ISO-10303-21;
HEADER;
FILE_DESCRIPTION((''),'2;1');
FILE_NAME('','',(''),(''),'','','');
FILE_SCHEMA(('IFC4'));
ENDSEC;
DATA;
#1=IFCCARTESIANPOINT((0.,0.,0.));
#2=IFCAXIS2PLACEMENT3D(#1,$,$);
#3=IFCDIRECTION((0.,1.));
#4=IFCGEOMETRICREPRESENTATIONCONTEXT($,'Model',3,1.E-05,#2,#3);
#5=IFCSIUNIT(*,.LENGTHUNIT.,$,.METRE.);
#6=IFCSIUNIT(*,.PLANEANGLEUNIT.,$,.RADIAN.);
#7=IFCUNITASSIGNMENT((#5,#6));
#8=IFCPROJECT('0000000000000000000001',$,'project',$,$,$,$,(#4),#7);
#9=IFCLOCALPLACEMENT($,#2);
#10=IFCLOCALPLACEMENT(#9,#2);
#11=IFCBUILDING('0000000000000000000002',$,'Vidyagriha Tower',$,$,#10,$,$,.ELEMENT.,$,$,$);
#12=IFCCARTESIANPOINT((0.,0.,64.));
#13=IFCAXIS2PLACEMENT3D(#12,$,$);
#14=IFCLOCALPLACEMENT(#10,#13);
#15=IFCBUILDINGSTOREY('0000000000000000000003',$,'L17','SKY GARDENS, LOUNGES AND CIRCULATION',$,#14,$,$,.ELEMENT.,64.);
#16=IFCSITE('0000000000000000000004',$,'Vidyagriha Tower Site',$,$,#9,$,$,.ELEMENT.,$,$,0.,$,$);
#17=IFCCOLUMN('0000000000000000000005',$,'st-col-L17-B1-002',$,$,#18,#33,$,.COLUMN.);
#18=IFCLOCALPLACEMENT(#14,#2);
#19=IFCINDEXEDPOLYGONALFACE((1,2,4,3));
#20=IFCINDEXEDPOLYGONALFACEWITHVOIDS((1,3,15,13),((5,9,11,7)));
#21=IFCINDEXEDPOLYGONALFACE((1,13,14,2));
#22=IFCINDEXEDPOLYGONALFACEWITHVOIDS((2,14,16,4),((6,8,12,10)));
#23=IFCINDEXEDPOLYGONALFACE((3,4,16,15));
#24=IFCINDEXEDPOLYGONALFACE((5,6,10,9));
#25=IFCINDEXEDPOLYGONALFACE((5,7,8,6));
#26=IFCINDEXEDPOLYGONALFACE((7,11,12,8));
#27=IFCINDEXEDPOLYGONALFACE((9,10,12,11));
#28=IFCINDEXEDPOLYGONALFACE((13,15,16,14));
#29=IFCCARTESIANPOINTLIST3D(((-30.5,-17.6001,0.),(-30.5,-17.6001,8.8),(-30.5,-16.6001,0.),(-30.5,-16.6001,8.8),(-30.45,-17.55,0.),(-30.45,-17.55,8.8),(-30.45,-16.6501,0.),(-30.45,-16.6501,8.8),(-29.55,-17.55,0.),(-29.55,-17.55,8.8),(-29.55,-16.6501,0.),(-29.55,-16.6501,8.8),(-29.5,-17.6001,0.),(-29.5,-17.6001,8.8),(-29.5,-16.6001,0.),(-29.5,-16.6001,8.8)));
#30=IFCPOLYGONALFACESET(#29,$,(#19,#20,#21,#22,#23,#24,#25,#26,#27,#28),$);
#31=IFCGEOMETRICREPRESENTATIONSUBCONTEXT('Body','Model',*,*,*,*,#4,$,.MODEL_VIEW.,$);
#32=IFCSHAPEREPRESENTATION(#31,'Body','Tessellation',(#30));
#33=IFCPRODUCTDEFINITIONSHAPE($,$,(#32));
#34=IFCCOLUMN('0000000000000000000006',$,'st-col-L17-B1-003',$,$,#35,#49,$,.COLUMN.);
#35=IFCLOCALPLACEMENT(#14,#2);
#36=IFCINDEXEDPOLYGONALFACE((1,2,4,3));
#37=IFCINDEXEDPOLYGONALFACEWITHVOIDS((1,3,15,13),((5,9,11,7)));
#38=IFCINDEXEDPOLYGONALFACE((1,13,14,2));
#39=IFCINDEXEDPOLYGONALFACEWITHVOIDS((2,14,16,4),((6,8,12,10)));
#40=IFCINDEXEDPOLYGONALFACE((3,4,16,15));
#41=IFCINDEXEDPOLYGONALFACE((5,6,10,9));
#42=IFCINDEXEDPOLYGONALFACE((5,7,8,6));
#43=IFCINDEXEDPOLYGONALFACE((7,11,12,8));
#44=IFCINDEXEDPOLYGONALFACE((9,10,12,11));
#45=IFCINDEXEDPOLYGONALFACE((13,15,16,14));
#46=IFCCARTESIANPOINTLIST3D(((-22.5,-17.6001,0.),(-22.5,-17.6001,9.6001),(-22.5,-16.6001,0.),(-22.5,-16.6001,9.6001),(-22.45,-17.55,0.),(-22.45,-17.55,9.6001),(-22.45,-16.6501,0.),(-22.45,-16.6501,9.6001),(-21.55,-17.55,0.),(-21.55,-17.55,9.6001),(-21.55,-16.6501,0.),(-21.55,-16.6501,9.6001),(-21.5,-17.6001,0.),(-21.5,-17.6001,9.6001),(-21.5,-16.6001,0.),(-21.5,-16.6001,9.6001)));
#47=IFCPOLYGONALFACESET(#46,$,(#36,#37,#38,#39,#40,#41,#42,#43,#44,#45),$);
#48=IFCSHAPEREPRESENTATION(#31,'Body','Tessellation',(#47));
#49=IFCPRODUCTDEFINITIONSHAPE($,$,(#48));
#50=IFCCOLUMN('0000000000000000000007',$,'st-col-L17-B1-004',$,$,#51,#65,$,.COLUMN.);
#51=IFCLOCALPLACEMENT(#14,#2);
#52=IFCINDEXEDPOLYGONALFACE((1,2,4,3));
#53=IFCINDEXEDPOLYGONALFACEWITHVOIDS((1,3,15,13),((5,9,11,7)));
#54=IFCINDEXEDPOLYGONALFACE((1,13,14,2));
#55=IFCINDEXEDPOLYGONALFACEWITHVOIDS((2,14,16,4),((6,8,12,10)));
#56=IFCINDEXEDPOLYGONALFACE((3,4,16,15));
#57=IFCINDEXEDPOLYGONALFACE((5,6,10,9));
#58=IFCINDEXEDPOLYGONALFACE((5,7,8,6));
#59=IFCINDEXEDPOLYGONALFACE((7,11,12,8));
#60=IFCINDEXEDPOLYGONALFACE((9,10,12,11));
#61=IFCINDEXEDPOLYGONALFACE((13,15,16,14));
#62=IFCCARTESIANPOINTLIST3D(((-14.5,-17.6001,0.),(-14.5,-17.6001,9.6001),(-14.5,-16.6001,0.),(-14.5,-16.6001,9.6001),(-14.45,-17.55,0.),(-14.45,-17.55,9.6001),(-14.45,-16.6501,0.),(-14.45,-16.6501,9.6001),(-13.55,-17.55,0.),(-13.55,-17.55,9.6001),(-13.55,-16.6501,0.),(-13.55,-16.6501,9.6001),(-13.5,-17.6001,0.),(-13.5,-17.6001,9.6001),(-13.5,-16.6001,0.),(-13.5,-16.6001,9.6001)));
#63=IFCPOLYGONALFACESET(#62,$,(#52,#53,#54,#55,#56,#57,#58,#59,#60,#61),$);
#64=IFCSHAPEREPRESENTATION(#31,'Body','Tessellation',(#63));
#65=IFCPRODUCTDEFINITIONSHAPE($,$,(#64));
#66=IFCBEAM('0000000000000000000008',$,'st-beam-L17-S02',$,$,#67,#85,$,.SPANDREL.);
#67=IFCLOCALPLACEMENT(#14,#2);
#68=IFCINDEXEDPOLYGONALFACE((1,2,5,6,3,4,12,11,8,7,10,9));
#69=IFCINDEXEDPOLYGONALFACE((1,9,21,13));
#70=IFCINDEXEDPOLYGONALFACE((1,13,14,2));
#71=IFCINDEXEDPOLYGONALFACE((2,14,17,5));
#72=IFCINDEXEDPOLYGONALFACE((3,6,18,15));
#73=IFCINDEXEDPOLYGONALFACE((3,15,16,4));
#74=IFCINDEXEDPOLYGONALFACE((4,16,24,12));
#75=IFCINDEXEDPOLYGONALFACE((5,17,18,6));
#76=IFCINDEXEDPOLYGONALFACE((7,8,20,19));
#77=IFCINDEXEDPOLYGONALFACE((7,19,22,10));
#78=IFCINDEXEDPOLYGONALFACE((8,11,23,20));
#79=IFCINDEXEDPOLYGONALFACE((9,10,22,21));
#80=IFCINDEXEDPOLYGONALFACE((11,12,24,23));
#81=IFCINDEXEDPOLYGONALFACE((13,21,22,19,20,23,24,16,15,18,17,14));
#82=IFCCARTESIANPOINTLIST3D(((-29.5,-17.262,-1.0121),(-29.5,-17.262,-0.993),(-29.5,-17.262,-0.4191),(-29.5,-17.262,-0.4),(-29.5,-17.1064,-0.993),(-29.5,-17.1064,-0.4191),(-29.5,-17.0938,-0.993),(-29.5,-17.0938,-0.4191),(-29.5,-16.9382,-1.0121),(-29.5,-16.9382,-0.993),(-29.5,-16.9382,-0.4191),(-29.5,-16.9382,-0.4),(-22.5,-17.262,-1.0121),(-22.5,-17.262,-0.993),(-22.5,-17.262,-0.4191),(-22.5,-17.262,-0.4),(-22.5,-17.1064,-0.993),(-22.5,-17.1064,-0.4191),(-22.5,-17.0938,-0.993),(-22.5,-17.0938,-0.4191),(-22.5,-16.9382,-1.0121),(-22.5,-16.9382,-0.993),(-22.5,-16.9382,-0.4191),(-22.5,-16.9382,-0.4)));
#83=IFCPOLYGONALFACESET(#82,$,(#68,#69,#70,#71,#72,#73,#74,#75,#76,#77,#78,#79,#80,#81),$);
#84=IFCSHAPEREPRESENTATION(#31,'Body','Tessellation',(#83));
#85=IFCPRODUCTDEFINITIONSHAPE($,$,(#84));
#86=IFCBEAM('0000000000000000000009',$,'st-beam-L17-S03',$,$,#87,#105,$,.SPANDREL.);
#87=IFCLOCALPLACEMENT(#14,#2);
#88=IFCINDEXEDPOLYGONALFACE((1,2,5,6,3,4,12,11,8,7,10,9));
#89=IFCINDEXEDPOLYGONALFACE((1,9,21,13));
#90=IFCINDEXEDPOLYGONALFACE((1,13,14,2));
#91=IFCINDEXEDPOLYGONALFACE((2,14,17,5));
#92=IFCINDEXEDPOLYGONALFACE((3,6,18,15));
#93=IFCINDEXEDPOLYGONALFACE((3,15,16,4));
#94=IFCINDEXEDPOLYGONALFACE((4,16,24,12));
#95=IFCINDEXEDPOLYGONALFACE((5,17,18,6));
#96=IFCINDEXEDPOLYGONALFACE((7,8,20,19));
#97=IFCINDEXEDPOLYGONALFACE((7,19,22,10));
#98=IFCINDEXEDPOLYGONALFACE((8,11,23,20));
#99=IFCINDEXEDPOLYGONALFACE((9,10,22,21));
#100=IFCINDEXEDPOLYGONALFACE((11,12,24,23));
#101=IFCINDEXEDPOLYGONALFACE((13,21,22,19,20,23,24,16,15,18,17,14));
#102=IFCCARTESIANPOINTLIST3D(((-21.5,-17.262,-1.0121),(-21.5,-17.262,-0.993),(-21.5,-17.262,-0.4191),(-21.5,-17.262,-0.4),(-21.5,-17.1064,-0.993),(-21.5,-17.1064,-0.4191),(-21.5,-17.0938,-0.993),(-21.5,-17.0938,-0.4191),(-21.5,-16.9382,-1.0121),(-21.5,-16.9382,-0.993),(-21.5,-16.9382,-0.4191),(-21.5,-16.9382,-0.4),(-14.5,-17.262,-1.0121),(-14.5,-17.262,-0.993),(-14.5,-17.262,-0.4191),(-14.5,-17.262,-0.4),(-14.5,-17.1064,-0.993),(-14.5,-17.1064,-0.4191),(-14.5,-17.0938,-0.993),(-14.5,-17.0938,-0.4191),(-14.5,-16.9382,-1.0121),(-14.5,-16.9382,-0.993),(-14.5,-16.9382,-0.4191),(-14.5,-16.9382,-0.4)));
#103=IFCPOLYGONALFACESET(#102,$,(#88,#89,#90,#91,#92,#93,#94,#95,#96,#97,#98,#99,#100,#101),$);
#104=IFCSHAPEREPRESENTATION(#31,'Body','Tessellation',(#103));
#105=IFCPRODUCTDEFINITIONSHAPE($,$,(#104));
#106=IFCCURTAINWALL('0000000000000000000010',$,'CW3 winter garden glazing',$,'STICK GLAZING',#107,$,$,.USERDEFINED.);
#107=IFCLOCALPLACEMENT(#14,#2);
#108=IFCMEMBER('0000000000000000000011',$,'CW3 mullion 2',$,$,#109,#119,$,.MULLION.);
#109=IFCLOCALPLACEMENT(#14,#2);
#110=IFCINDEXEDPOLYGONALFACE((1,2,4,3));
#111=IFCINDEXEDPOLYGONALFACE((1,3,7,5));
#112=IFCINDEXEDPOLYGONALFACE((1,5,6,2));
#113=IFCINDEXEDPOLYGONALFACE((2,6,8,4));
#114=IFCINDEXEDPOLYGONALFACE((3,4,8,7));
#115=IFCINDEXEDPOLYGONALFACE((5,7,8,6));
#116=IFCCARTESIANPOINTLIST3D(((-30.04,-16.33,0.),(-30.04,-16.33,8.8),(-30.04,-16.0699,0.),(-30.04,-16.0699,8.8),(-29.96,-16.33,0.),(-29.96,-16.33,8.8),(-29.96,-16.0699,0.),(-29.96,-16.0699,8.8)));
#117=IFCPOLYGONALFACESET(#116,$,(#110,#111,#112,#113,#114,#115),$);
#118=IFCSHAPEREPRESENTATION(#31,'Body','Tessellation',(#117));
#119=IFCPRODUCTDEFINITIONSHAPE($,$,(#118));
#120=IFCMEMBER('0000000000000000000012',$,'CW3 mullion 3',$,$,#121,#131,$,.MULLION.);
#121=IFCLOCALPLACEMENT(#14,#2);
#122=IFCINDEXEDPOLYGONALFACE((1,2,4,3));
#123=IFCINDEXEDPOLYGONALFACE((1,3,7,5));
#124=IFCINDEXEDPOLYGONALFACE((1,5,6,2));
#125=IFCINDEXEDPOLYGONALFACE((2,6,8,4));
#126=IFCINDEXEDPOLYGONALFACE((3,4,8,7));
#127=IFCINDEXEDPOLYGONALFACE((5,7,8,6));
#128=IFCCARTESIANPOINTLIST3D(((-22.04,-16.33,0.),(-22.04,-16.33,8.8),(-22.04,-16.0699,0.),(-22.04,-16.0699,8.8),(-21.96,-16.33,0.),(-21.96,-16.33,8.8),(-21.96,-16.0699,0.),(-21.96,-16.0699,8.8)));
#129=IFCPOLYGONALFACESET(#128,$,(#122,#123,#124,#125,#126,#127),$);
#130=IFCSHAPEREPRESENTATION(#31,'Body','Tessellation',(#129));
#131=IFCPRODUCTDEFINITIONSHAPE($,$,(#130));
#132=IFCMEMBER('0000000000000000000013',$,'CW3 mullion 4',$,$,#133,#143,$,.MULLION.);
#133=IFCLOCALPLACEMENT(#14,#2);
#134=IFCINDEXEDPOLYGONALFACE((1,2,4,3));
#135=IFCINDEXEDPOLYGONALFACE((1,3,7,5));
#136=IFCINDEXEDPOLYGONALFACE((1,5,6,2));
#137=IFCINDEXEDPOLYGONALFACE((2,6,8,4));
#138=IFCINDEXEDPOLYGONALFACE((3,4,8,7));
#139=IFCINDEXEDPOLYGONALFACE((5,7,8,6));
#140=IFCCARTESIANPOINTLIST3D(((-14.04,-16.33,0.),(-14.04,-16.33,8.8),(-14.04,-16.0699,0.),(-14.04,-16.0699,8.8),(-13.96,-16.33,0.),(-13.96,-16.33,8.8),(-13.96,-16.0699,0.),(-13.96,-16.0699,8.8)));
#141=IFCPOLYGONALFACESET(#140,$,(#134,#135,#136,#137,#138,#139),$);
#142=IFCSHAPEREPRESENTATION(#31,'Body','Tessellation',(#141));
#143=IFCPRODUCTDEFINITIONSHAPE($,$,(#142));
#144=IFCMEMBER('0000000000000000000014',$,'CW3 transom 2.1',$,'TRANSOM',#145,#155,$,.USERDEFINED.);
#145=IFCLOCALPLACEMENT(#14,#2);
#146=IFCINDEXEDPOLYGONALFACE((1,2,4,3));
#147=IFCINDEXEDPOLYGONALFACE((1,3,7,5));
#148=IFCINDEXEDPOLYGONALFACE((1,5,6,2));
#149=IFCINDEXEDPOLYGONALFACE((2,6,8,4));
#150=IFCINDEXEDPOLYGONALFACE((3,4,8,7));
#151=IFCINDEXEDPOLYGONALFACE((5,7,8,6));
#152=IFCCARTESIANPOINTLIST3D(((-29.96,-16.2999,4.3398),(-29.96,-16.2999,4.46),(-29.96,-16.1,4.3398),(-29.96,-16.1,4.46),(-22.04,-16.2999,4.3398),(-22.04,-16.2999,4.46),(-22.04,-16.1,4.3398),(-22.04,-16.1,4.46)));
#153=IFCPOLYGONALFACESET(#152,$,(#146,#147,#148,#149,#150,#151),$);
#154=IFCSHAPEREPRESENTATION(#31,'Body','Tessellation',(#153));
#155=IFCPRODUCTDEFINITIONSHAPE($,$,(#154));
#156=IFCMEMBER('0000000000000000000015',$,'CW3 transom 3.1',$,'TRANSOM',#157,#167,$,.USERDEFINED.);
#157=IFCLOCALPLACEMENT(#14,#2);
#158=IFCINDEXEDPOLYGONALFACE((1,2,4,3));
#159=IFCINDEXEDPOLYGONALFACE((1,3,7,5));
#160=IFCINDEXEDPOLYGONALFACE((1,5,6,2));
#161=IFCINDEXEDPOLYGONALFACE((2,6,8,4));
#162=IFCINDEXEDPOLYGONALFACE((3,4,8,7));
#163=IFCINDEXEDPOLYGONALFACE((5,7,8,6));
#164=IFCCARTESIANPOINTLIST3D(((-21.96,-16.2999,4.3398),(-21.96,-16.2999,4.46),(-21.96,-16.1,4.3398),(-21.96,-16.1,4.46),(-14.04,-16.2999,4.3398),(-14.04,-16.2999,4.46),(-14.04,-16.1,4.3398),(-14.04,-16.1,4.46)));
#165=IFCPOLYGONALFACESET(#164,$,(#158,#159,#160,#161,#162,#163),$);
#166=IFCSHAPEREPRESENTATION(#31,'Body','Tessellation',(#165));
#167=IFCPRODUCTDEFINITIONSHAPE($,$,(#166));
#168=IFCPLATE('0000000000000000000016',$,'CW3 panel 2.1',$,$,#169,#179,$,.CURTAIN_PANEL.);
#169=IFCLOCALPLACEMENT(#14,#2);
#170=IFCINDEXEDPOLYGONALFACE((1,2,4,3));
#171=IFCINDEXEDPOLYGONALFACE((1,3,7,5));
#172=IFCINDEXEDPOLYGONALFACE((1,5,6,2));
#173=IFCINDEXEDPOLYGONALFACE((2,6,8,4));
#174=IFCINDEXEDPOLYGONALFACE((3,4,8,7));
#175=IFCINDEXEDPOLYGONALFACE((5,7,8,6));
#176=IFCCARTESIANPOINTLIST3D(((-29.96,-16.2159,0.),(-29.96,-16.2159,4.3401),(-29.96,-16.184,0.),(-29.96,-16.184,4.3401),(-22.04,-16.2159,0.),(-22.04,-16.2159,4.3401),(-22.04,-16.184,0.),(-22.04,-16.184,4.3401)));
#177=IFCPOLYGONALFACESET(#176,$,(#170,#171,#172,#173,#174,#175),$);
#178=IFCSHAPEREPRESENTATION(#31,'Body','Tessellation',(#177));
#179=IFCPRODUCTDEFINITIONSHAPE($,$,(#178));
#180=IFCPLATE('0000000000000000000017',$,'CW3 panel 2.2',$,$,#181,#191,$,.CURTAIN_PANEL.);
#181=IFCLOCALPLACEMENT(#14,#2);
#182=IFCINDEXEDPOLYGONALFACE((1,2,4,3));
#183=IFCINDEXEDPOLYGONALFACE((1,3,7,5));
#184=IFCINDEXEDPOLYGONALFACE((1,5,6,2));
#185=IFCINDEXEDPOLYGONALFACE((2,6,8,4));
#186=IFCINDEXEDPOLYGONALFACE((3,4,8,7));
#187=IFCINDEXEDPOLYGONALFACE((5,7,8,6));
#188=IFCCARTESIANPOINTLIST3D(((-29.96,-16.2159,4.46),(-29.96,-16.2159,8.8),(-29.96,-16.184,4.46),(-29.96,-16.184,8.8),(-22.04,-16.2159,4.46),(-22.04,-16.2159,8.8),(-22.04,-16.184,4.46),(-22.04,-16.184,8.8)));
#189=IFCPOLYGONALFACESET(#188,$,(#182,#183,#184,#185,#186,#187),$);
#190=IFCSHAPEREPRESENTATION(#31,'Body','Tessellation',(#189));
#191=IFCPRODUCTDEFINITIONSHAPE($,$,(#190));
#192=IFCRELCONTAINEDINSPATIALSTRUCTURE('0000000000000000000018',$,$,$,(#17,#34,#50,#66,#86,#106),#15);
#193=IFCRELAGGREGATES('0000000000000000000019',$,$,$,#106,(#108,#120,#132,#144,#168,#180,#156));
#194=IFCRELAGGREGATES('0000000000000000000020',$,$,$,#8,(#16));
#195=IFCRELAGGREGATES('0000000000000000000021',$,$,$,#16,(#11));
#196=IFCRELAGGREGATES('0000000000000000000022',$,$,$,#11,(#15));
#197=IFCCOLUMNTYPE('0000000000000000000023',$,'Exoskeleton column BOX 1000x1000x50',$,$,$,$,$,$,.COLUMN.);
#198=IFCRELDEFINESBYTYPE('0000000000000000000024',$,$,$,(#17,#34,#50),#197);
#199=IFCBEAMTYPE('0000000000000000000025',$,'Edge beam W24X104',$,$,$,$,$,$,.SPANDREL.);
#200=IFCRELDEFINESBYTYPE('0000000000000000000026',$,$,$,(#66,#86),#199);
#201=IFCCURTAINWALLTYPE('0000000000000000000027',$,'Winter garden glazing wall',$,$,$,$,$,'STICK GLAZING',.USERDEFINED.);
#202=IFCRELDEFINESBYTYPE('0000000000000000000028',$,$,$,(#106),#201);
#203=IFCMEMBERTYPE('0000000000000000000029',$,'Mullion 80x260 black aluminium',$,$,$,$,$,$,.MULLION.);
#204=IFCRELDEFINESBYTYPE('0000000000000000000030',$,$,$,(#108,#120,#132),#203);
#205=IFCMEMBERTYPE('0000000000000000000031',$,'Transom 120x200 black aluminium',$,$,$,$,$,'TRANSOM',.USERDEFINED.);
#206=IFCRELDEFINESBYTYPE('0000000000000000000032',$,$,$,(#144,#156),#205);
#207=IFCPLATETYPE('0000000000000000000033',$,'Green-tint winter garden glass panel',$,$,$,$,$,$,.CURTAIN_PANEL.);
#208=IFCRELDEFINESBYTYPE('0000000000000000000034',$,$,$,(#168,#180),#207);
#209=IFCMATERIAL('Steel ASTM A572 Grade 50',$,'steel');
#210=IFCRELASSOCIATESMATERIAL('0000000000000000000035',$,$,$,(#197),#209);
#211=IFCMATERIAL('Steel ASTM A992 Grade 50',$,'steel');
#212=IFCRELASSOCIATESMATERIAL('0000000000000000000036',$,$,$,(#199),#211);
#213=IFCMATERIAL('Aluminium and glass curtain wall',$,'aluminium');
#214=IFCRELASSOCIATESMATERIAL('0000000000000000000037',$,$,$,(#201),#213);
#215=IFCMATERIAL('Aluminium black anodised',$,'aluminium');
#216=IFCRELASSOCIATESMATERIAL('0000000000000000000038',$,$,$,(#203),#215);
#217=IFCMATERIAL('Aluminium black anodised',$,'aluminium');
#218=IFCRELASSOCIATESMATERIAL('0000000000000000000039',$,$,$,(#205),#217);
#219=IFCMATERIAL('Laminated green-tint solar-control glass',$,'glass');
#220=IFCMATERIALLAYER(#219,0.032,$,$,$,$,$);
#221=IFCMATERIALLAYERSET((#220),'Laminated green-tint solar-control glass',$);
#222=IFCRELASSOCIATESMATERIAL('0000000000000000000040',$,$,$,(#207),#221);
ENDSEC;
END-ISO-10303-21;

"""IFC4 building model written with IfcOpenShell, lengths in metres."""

from ifc_helpers import new_model, si_unit, direction, frame, origin, origin_2d, place, context, subcontext, project, spatial, rectangle, hollow_rectangle, i_section, extrude, material, layer, layer_set, material_profile, profile_set, type_object, element, aggregate, save


model = new_model("IFC4")

# Units and contexts
model_context = context("Model", 3, precision=1e-05, world=origin(), true_north=direction((0.0, 1.0)))
body_context = subcontext(model_context, "Body", "Model", "MODEL_VIEW")
ifc_project = project(units=[si_unit("LENGTHUNIT", "METRE"), si_unit("PLANEANGLEUNIT", "RADIAN")], contexts=[model_context])

# Site, building, storey
site_placement = place(None, origin())
site = spatial("IfcSite", under=ifc_project, at=site_placement, Name="Vidyagriha Tower Site", CompositionType="ELEMENT", RefElevation=0.0)
building_placement = place(site_placement, origin())
building = spatial("IfcBuilding", under=site, at=building_placement, Name="Vidyagriha Tower", CompositionType="ELEMENT")
storey_placement = place(building_placement, frame((0.0, 0.0, 64.0)))
storey = spatial("IfcBuildingStorey", under=building, at=storey_placement, Name="L17", Description="SKY GARDENS, LOUNGES AND CIRCULATION", CompositionType="ELEMENT", Elevation=64.0)

# Columns
ifc_material_1 = material(Name="Steel ASTM A572 Grade 50", Category="steel")
ifc_material_profile_1 = material_profile(ifc_material_1, hollow_rectangle(XDim=1.0, YDim=1.0, WallThickness=0.05, at=origin_2d()), Name="BOX 1000x1000x50")
ifc_profile_set_1 = profile_set([ifc_material_profile_1], Name="Steel ASTM A572 Grade 50")
column_type = type_object("IfcColumnType", Name="Exoskeleton column BOX 1000x1000x50", PredefinedType="COLUMN", material=ifc_profile_set_1)
column_placement = place(storey_placement, frame((-30.0, -17.1001, 0.0)))
element("IfcColumn", 1, at=column_placement, inside=storey, type_object=column_type, Name="st-col-L17-B1-002", PredefinedType="COLUMN", context=body_context, shape_type="SweptSolid", body=[
    extrude(hollow_rectangle(XDim=1.0, YDim=1.0, WallThickness=0.05, at=origin_2d()), origin(), (0.0, 0.0, 1.0), 8.8),
])
for number, where, name in (
    (2, (-22.0, -17.1001, 0.0), "st-col-L17-B1-003"),
    (3, (-14.0, -17.1001, 0.0), "st-col-L17-B1-004"),
):
    element("IfcColumn", number, at=place(storey_placement, frame(where)), inside=storey, type_object=column_type, Name=name, PredefinedType="COLUMN", context=body_context, shape_type="SweptSolid", body=[
        extrude(hollow_rectangle(XDim=1.0, YDim=1.0, WallThickness=0.05, at=origin_2d()), origin(), (0.0, 0.0, 1.0), 9.6001),
    ])

# Beams
ifc_material_2 = material(Name="Steel ASTM A992 Grade 50", Category="steel")
ifc_material_profile_2 = material_profile(ifc_material_2, i_section(OverallWidth=0.3237, OverallDepth=0.6121, WebThickness=0.0127, FlangeThickness=0.019, at=origin_2d()), Name="W24X104")
ifc_profile_set_2 = profile_set([ifc_material_profile_2], Name="Steel ASTM A992 Grade 50")
beam_type = type_object("IfcBeamType", Name="Edge beam W24X104", PredefinedType="SPANDREL", material=ifc_profile_set_2)
for number, where, z_axis, x_axis, name in (
    (4, (-29.5, -17.1001, -0.7061), (1.0, 0.0, 0.0), (0.0, 1.0, 0.0), "st-beam-L17-S02"),
    (5, (-21.5, -17.1001, -0.7061), (1.0, 0.0, 0.0), (0.0, 1.0, 0.0), "st-beam-L17-S03"),
):
    element("IfcBeam", number, at=place(storey_placement, frame(where, z_axis=z_axis, x_axis=x_axis)), inside=storey, type_object=beam_type, Name=name, PredefinedType="SPANDREL", context=body_context, shape_type="SweptSolid", body=[
        extrude(i_section(OverallWidth=0.3237, OverallDepth=0.6121, WebThickness=0.0127, FlangeThickness=0.019, at=origin_2d()), origin(), (0.0, 0.0, 1.0), 7.0),
    ])

# Curtain wall, members, plates
ifc_material_3 = material(Name="Aluminium and glass curtain wall", Category="aluminium")
curtain_wall_type = type_object("IfcCurtainWallType", Name="Winter garden glazing wall", ElementType="STICK GLAZING", PredefinedType="USERDEFINED", material=ifc_material_3)
curtain_wall_placement = place(storey_placement, origin())
curtain_wall = element("IfcCurtainWall", 6, at=curtain_wall_placement, inside=storey, type_object=curtain_wall_type, Name="CW3 winter garden glazing", ObjectType="STICK GLAZING", PredefinedType="USERDEFINED")
ifc_material_4 = material(Name="Aluminium black anodised", Category="aluminium")
ifc_material_profile_3 = material_profile(ifc_material_4, rectangle(XDim=0.26, YDim=0.0801, at=origin_2d()), Name="Mullion 80x260 black aluminium")
ifc_profile_set_3 = profile_set([ifc_material_profile_3], Name="Aluminium black anodised")
member_type_1 = type_object("IfcMemberType", Name="Mullion 80x260 black aluminium", PredefinedType="MULLION", material=ifc_profile_set_3)
member_1_placement = place(storey_placement, frame((-30.0, -16.2, 0.0), z_axis=(0.0, 0.0, 1.0), x_axis=(0.0, 1.0, 0.0)))
member_1 = element("IfcMember", 7, at=member_1_placement, type_object=member_type_1, Name="CW3 mullion 2", PredefinedType="MULLION", context=body_context, shape_type="SweptSolid", body=[
    extrude(rectangle(XDim=0.26, YDim=0.0801, at=origin_2d()), origin(), (0.0, 0.0, 1.0), 8.8),
])
member_2_placement = place(storey_placement, frame((-22.0, -16.2, 0.0), z_axis=(0.0, 0.0, 1.0), x_axis=(0.0, 1.0, 0.0)))
member_2 = element("IfcMember", 8, at=member_2_placement, type_object=member_type_1, Name="CW3 mullion 3", PredefinedType="MULLION", context=body_context, shape_type="SweptSolid", body=[
    extrude(rectangle(XDim=0.26, YDim=0.0801, at=origin_2d()), origin(), (0.0, 0.0, 1.0), 8.8),
])
member_3_placement = place(storey_placement, frame((-14.0, -16.2, 0.0), z_axis=(0.0, 0.0, 1.0), x_axis=(0.0, 1.0, 0.0)))
member_3 = element("IfcMember", 9, at=member_3_placement, type_object=member_type_1, Name="CW3 mullion 4", PredefinedType="MULLION", context=body_context, shape_type="SweptSolid", body=[
    extrude(rectangle(XDim=0.26, YDim=0.0801, at=origin_2d()), origin(), (0.0, 0.0, 1.0), 8.8),
])
ifc_material_5 = material(Name="Aluminium black anodised", Category="aluminium")
ifc_material_profile_4 = material_profile(ifc_material_5, rectangle(XDim=0.2, YDim=0.1201, at=origin_2d()), Name="Transom 120x200 black aluminium")
ifc_profile_set_4 = profile_set([ifc_material_profile_4], Name="Aluminium black anodised")
member_type_2 = type_object("IfcMemberType", Name="Transom 120x200 black aluminium", ElementType="TRANSOM", PredefinedType="USERDEFINED", material=ifc_profile_set_4)
member_4_placement = place(storey_placement, frame((-29.96, -16.2, 4.3999), z_axis=(1.0, 0.0, 0.0), x_axis=(0.0, 1.0, 0.0)))
member_4 = element("IfcMember", 10, at=member_4_placement, type_object=member_type_2, Name="CW3 transom 2.1", ObjectType="TRANSOM", PredefinedType="USERDEFINED", context=body_context, shape_type="SweptSolid", body=[
    extrude(rectangle(XDim=0.2, YDim=0.1201, at=origin_2d()), origin(), (0.0, 0.0, 1.0), 7.9199),
])
member_5_placement = place(storey_placement, frame((-21.96, -16.2, 4.3999), z_axis=(1.0, 0.0, 0.0), x_axis=(0.0, 1.0, 0.0)))
member_5 = element("IfcMember", 11, at=member_5_placement, type_object=member_type_2, Name="CW3 transom 3.1", ObjectType="TRANSOM", PredefinedType="USERDEFINED", context=body_context, shape_type="SweptSolid", body=[
    extrude(rectangle(XDim=0.2, YDim=0.1201, at=origin_2d()), origin(), (0.0, 0.0, 1.0), 7.9199),
])
ifc_material_6 = material(Name="Laminated green-tint solar-control glass", Category="glass")
ifc_layer_1 = layer(ifc_material_6, 0.032)
ifc_layer_set_1 = layer_set([ifc_layer_1], Name="Laminated green-tint solar-control glass")
plate_type = type_object("IfcPlateType", Name="Green-tint winter garden glass panel", PredefinedType="CURTAIN_PANEL", material=ifc_layer_set_1)
plate_1_placement = place(storey_placement, frame((-26.0, -16.2, 0.0)))
plate_1 = element("IfcPlate", 12, at=plate_1_placement, type_object=plate_type, Name="CW3 panel 2.1", PredefinedType="CURTAIN_PANEL", context=body_context, shape_type="SweptSolid", body=[
    extrude(rectangle(XDim=7.9199, YDim=0.032, at=origin_2d()), origin(), (0.0, 0.0, 1.0), 4.3401),
])
plate_2_placement = place(storey_placement, frame((-26.0, -16.2, 4.46)))
plate_2 = element("IfcPlate", 13, at=plate_2_placement, type_object=plate_type, Name="CW3 panel 2.2", PredefinedType="CURTAIN_PANEL", context=body_context, shape_type="SweptSolid", body=[
    extrude(rectangle(XDim=7.9199, YDim=0.032, at=origin_2d()), origin(), (0.0, 0.0, 1.0), 4.3401),
])
aggregate(curtain_wall, [member_1, member_2, member_3, member_4, plate_1, plate_2, member_5])

save(model, "model.ifc")
